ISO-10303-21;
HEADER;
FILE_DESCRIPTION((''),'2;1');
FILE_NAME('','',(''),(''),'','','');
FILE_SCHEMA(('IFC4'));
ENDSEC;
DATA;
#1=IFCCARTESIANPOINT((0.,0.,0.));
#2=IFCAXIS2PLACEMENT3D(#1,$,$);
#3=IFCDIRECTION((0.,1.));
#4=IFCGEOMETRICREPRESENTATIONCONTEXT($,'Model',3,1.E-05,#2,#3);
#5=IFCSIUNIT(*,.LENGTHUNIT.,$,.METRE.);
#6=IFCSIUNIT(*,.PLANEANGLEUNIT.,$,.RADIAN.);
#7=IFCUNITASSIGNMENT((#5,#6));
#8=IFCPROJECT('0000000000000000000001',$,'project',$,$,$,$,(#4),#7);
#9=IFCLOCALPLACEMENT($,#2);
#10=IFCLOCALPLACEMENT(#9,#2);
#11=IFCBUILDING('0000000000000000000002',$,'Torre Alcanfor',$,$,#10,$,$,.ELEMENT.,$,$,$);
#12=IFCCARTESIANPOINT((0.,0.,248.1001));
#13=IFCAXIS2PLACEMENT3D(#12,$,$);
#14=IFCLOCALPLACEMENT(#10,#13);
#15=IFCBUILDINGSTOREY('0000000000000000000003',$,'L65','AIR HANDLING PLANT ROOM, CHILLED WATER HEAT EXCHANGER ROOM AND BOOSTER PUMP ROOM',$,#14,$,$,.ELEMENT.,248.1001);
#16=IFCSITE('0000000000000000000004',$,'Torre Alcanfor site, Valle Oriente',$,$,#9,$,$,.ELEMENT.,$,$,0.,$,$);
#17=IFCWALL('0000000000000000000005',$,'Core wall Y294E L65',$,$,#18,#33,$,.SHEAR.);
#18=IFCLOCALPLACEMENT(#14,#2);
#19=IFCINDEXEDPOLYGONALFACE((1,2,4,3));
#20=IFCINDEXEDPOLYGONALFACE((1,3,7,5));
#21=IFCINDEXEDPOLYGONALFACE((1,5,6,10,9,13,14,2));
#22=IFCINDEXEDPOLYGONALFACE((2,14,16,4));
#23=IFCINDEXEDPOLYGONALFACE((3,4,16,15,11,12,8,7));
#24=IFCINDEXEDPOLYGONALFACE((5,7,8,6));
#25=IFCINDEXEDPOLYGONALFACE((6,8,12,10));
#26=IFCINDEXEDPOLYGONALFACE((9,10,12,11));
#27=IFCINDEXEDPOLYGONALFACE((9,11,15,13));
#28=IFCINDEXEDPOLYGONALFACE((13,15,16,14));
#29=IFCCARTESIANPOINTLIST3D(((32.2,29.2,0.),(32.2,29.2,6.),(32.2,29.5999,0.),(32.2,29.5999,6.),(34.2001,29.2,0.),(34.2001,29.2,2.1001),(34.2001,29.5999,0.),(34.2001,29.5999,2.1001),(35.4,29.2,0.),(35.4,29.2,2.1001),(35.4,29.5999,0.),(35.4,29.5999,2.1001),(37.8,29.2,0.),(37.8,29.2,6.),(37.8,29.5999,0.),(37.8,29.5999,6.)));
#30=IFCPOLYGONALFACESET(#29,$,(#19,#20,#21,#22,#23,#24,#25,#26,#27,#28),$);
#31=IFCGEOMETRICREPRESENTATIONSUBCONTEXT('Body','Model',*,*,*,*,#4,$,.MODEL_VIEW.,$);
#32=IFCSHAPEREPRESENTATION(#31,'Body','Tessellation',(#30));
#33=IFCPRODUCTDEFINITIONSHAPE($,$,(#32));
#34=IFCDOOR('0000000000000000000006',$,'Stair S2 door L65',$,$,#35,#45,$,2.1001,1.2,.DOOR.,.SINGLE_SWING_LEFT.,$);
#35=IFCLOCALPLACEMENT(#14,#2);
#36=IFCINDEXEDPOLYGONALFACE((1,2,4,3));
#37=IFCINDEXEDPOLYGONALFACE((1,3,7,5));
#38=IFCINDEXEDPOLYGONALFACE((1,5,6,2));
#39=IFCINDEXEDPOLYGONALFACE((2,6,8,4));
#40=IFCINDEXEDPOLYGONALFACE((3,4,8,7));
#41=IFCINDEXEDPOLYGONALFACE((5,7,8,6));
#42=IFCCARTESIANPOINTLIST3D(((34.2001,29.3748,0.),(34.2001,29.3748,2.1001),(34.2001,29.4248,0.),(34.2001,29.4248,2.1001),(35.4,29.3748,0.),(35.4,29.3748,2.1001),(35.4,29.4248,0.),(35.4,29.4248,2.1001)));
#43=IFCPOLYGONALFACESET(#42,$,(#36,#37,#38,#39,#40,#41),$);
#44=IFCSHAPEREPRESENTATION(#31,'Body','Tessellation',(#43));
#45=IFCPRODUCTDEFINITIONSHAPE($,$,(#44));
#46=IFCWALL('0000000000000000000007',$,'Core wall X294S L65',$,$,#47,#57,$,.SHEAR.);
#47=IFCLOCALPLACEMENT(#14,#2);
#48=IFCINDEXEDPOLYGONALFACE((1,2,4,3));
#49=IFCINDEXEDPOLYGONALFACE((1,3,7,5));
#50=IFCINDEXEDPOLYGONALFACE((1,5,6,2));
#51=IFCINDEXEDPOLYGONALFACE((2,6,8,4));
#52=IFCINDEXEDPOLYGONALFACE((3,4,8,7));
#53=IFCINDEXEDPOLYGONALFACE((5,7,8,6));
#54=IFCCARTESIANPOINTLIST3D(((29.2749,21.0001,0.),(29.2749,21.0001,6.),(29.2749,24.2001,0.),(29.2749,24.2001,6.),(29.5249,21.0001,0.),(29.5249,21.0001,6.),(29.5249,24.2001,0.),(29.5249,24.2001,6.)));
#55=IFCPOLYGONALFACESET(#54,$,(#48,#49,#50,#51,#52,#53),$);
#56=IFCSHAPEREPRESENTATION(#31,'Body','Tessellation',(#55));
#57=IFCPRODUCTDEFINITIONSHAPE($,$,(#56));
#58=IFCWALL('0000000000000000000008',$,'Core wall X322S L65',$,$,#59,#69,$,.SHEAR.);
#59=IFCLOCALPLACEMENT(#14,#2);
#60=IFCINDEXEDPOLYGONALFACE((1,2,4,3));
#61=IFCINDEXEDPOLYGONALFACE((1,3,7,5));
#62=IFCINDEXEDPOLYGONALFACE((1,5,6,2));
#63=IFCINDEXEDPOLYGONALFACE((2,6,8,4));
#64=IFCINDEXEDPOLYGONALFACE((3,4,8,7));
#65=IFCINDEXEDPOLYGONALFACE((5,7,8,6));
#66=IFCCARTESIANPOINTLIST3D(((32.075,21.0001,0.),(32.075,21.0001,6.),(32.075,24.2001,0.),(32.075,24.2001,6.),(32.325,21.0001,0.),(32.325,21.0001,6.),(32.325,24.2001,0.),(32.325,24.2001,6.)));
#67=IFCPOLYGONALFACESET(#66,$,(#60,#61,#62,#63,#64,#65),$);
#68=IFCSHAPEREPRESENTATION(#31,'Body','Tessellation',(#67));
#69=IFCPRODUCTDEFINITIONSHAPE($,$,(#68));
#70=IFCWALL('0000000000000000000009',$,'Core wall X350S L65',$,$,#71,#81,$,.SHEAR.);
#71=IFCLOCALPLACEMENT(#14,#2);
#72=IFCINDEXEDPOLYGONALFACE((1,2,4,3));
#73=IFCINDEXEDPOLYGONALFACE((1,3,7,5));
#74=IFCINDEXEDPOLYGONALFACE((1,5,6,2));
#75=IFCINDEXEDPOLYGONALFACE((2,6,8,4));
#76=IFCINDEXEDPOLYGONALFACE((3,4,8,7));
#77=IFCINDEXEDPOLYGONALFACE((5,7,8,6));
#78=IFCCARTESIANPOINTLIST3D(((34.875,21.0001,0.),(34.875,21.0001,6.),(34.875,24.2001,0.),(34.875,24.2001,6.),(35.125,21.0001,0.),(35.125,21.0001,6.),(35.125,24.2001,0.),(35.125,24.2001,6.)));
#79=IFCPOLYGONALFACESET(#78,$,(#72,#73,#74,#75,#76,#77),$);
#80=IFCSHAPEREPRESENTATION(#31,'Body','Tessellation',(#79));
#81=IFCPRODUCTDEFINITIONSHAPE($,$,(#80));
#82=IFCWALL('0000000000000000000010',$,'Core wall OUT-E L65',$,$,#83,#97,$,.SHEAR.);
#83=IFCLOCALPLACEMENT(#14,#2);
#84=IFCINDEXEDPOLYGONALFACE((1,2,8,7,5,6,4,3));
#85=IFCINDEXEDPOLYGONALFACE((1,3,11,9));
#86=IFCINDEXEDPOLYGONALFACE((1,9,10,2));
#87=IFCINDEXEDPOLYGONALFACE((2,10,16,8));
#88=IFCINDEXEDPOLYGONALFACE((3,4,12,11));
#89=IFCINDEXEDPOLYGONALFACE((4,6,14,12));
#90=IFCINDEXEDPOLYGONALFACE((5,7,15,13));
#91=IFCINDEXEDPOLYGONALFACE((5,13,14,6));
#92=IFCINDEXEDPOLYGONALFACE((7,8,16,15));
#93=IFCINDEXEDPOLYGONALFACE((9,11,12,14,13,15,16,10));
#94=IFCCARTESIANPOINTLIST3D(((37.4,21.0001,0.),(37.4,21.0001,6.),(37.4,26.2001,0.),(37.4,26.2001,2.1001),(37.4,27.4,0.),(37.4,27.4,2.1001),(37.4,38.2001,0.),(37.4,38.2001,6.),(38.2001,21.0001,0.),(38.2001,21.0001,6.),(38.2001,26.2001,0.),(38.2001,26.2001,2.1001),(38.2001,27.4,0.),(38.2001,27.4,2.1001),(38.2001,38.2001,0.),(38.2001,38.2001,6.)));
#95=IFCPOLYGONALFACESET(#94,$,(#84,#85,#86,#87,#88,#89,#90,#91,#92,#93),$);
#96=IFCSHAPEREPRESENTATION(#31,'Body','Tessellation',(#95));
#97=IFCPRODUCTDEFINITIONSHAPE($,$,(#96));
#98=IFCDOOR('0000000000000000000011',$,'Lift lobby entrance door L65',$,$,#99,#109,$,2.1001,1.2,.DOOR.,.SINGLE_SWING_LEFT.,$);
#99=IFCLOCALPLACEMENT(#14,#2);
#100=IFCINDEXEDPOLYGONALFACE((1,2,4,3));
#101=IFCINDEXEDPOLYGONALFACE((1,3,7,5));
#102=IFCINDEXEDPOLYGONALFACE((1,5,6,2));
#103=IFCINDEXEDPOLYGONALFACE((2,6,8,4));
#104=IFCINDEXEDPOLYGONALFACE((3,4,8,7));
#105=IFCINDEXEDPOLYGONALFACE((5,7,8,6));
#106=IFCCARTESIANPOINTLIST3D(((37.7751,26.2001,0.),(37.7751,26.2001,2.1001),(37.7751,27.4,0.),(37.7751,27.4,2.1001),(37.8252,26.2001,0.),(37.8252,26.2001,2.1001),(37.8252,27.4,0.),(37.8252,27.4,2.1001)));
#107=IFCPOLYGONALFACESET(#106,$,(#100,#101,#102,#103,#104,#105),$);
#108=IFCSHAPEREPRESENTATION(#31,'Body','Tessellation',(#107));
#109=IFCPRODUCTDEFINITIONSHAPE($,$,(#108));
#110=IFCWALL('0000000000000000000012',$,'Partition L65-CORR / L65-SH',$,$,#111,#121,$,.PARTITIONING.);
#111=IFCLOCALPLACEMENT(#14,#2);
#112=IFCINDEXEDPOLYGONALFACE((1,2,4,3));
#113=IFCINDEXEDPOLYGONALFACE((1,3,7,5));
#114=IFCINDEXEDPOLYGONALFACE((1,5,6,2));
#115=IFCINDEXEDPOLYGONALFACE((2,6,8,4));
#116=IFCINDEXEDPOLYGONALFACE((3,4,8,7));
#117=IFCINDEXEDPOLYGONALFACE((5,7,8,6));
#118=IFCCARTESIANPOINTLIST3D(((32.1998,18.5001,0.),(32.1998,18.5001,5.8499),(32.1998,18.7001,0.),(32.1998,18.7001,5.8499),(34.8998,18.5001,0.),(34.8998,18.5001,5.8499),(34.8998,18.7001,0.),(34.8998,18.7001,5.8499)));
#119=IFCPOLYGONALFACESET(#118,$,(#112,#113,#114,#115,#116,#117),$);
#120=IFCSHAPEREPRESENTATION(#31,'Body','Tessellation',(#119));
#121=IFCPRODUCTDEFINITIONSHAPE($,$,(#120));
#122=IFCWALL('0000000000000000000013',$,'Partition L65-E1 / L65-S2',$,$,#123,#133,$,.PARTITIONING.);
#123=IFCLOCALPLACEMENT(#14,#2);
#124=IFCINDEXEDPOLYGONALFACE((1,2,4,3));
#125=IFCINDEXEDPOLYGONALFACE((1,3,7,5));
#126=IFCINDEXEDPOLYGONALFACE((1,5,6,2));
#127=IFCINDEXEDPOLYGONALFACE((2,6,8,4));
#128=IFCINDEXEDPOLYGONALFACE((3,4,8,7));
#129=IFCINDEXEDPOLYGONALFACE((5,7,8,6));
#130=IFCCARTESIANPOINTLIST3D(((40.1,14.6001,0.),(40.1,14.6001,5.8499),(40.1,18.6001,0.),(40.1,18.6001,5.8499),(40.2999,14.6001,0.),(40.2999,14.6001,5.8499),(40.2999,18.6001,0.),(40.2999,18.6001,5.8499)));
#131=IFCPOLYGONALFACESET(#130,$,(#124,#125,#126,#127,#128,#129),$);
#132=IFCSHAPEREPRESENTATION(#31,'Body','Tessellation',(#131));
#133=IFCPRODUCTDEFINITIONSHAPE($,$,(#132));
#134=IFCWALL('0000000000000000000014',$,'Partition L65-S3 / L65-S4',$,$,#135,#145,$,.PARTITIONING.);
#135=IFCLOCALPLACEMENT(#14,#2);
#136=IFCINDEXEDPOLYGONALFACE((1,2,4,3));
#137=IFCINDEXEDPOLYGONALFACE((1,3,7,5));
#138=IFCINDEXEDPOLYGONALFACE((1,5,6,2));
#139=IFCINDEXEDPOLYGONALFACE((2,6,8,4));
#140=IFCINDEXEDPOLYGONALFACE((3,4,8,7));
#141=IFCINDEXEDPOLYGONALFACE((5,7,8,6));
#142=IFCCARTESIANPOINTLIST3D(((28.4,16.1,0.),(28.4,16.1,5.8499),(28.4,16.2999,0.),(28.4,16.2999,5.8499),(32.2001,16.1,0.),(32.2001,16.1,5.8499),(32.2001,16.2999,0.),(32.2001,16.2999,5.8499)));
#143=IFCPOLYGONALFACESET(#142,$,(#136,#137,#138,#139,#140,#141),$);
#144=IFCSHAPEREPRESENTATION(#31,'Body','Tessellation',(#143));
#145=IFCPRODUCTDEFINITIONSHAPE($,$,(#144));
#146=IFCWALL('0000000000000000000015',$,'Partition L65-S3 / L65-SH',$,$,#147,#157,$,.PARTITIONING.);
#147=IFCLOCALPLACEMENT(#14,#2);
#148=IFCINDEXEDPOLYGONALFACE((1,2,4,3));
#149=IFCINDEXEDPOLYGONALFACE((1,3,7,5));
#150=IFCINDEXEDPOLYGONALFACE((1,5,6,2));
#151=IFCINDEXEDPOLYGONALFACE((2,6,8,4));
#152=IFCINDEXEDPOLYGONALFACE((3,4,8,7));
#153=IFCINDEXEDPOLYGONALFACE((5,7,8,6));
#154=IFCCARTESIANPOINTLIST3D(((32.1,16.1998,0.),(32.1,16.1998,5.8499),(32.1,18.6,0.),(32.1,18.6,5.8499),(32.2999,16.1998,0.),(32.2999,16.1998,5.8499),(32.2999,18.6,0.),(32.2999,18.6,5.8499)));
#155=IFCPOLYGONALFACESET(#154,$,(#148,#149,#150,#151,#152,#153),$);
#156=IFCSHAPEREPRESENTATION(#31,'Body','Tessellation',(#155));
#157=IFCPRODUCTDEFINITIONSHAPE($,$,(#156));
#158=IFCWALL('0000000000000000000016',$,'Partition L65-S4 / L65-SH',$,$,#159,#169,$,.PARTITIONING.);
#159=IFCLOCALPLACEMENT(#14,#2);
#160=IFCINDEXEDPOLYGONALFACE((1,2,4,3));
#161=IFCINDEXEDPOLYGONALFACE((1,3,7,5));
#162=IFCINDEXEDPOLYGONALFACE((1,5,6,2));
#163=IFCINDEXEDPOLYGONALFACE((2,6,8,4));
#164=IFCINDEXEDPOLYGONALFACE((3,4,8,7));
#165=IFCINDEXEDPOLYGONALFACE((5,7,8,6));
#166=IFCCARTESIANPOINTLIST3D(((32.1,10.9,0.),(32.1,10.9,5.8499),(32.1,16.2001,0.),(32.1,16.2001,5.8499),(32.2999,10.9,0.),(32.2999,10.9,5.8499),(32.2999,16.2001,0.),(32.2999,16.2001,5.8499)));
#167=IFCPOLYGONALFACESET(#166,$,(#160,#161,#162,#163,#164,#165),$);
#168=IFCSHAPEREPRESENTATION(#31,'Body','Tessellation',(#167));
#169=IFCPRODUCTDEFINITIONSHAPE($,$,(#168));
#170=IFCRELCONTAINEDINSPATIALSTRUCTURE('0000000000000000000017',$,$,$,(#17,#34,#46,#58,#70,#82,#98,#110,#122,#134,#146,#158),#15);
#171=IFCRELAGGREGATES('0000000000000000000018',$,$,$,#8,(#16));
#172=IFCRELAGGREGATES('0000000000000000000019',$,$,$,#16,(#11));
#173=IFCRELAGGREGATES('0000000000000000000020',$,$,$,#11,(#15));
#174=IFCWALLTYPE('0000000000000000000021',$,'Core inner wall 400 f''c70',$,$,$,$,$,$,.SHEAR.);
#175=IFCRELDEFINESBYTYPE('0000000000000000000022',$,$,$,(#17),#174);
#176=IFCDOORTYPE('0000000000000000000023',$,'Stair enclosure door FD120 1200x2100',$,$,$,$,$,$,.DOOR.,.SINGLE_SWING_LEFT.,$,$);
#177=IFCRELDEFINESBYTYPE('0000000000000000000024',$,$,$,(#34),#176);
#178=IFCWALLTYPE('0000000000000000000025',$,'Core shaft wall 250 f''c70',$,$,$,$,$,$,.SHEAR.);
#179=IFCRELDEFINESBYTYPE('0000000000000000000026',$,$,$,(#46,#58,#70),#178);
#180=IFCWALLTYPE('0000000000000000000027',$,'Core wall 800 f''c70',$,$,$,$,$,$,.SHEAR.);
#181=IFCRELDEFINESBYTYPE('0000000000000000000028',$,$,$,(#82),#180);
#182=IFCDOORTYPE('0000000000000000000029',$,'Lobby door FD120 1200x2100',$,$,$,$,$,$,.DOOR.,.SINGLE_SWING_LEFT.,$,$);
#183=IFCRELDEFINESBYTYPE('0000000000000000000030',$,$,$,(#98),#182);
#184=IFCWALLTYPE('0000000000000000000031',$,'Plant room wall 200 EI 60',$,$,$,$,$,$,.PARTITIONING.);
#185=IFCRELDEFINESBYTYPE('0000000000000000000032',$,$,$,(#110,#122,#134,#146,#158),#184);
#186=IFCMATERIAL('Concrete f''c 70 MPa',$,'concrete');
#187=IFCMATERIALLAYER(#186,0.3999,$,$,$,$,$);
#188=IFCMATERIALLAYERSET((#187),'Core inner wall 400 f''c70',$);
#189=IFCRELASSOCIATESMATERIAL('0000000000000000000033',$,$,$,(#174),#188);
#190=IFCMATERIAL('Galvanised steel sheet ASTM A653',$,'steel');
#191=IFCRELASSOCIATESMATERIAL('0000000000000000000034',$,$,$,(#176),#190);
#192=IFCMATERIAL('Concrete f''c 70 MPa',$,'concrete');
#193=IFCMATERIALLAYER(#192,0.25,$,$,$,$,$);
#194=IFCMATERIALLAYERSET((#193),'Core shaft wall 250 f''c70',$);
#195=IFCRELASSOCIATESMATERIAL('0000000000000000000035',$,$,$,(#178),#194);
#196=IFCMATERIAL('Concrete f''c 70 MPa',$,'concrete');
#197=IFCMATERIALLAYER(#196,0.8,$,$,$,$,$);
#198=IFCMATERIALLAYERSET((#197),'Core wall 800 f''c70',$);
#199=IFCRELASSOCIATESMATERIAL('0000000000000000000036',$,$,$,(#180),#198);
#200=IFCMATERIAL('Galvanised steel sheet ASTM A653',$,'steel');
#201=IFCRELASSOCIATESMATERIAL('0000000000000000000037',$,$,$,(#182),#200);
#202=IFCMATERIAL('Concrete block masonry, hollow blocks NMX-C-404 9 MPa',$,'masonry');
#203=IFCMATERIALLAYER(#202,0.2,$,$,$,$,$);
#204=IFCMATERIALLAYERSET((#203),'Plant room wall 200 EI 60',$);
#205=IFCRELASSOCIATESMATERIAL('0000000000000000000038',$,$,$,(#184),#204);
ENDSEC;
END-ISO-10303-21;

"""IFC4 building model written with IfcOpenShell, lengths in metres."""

from ifc_helpers import new_model, si_unit, direction, frame, frame_2d, origin, place, context, subcontext, project, spatial, rectangle, extrude, material, layer, layer_set, type_object, element, fill, save


model = new_model("IFC4")

# Units and contexts
model_context = context("Model", 3, precision=1e-05, world=origin(), true_north=direction((0.0, 1.0)))
body_context = subcontext(model_context, "Body", "Model", "MODEL_VIEW")
ifc_project = project(units=[si_unit("LENGTHUNIT", "METRE"), si_unit("PLANEANGLEUNIT", "RADIAN")], contexts=[model_context])

# Site, building, storey
site_placement = place(None, origin())
site = spatial("IfcSite", under=ifc_project, at=site_placement, Name="Torre Alcanfor site, Valle Oriente", CompositionType="ELEMENT", RefElevation=0.0)
building_placement = place(site_placement, origin())
building = spatial("IfcBuilding", under=site, at=building_placement, Name="Torre Alcanfor", CompositionType="ELEMENT")
storey_placement = place(building_placement, frame((0.0, 0.0, 248.1001)))
storey = spatial("IfcBuildingStorey", under=building, at=storey_placement, Name="L65", Description="AIR HANDLING PLANT ROOM, CHILLED WATER HEAT EXCHANGER ROOM AND BOOSTER PUMP ROOM", CompositionType="ELEMENT", Elevation=248.1001)

# Shared definitions
ifc_material_1 = material(Name="Concrete f'c 70 MPa", Category="concrete")
ifc_layer_1 = layer(ifc_material_1, 0.3999)
ifc_layer_set_1 = layer_set([ifc_layer_1], Name="Core inner wall 400 f'c70")
wall_type_1 = type_object("IfcWallType", Name="Core inner wall 400 f'c70", PredefinedType="SHEAR", material=ifc_layer_set_1)

# Wall, opening, door
wall_1_placement = place(storey_placement, frame((32.2, 29.3999, 0.0), z_axis=(0.0, 0.0, 1.0), x_axis=(1.0, 0.0, 0.0)))
wall_1 = element("IfcWall", 1, at=wall_1_placement, inside=storey, type_object=wall_type_1, Name="Core wall Y294E L65", PredefinedType="SHEAR", context=body_context, shape_type="SweptSolid", body=[
    extrude(rectangle(XDim=5.6001, YDim=0.3999, at=frame_2d((2.8, 0.0))), origin(), (0.0, 0.0, 1.0), 6.0),
])
opening_1_placement = place(wall_1_placement, frame((2.0, 0.0, 0.0)))
opening_1 = element("IfcOpeningElement", 2, at=opening_1_placement, cuts=wall_1, PredefinedType="OPENING", context=body_context, shape_type="SweptSolid", body=[
    extrude(rectangle(XDim=1.2, YDim=2.1001, at=frame_2d((0.6001, 1.05))), frame((0.0, 0.21, 0.0), z_axis=(0.0, -1.0, 0.0), x_axis=(1.0, 0.0, 0.0)), (0.0, 0.0, 1.0), 0.4199),
])
ifc_material_2 = material(Name="Galvanised steel sheet ASTM A653", Category="steel")
door_type_1 = type_object("IfcDoorType", Name="Stair enclosure door FD120 1200x2100", OperationType="SINGLE_SWING_LEFT", PredefinedType="DOOR", material=ifc_material_2)
door_1_placement = place(opening_1_placement, origin())
door_1 = element("IfcDoor", 3, at=door_1_placement, inside=storey, type_object=door_type_1, Name="Stair S2 door L65", OperationType="SINGLE_SWING_LEFT", OverallHeight=2.1001, OverallWidth=1.2, PredefinedType="DOOR", context=body_context, shape_type="SweptSolid", body=[
    extrude(rectangle(XDim=1.2, YDim=2.1001, at=frame_2d((0.6001, 1.05))), frame((0.0, 0.0249, 0.0), z_axis=(0.0, -1.0, 0.0), x_axis=(1.0, 0.0, 0.0)), (0.0, 0.0, 1.0), 0.05),
])
fill(opening_1, door_1)

# Walls
ifc_material_3 = material(Name="Concrete f'c 70 MPa", Category="concrete")
ifc_layer_2 = layer(ifc_material_3, 0.25)
ifc_layer_set_2 = layer_set([ifc_layer_2], Name="Core shaft wall 250 f'c70")
wall_type_2 = type_object("IfcWallType", Name="Core shaft wall 250 f'c70", PredefinedType="SHEAR", material=ifc_layer_set_2)
for number, where, z_axis, x_axis, name in (
    (4, (29.3999, 21.0, 0.0), (0.0, 0.0, 1.0), (0.0, 1.0, 0.0), "Core wall X294S L65"),
    (5, (32.2, 21.0, 0.0), (0.0, 0.0, 1.0), (0.0, 1.0, 0.0), "Core wall X322S L65"),
    (6, (35.0, 21.0, 0.0), (0.0, 0.0, 1.0), (0.0, 1.0, 0.0), "Core wall X350S L65"),
):
    element("IfcWall", number, at=place(storey_placement, frame(where, z_axis=z_axis, x_axis=x_axis)), inside=storey, type_object=wall_type_2, Name=name, PredefinedType="SHEAR", context=body_context, shape_type="SweptSolid", body=[
        extrude(rectangle(XDim=3.2, YDim=0.25, at=frame_2d((1.6001, 0.0))), origin(), (0.0, 0.0, 1.0), 6.0),
    ])

# Wall, opening, door
ifc_material_4 = material(Name="Concrete f'c 70 MPa", Category="concrete")
ifc_layer_3 = layer(ifc_material_4, 0.8)
ifc_layer_set_3 = layer_set([ifc_layer_3], Name="Core wall 800 f'c70")
wall_type_3 = type_object("IfcWallType", Name="Core wall 800 f'c70", PredefinedType="SHEAR", material=ifc_layer_set_3)
wall_2_placement = place(storey_placement, frame((37.8, 21.0, 0.0), z_axis=(0.0, 0.0, 1.0), x_axis=(0.0, 1.0, 0.0)))
wall_2 = element("IfcWall", 7, at=wall_2_placement, inside=storey, type_object=wall_type_3, Name="Core wall OUT-E L65", PredefinedType="SHEAR", context=body_context, shape_type="SweptSolid", body=[
    extrude(rectangle(XDim=17.2, YDim=0.8, at=frame_2d((8.6001, 0.0))), origin(), (0.0, 0.0, 1.0), 6.0),
])
opening_2_placement = place(wall_2_placement, frame((5.2, 0.0, 0.0)))
opening_2 = element("IfcOpeningElement", 8, at=opening_2_placement, cuts=wall_2, PredefinedType="OPENING", context=body_context, shape_type="SweptSolid", body=[
    extrude(rectangle(XDim=1.2, YDim=2.1001, at=frame_2d((0.6001, 1.05))), frame((0.0, 0.4099, 0.0), z_axis=(0.0, -1.0, 0.0), x_axis=(1.0, 0.0, 0.0)), (0.0, 0.0, 1.0), 0.8201),
])
ifc_material_5 = material(Name="Galvanised steel sheet ASTM A653", Category="steel")
door_type_2 = type_object("IfcDoorType", Name="Lobby door FD120 1200x2100", OperationType="SINGLE_SWING_LEFT", PredefinedType="DOOR", material=ifc_material_5)
door_2_placement = place(opening_2_placement, origin())
door_2 = element("IfcDoor", 9, at=door_2_placement, inside=storey, type_object=door_type_2, Name="Lift lobby entrance door L65", OperationType="SINGLE_SWING_LEFT", OverallHeight=2.1001, OverallWidth=1.2, PredefinedType="DOOR", context=body_context, shape_type="SweptSolid", body=[
    extrude(rectangle(XDim=1.2, YDim=2.1001, at=frame_2d((0.6001, 1.05))), frame((0.0, 0.0249, 0.0), z_axis=(0.0, -1.0, 0.0), x_axis=(1.0, 0.0, 0.0)), (0.0, 0.0, 1.0), 0.05),
])
fill(opening_2, door_2)
ifc_material_6 = material(Name="Concrete block masonry, hollow blocks NMX-C-404 9 MPa", Category="masonry")
ifc_layer_4 = layer(ifc_material_6, 0.2)
ifc_layer_set_4 = layer_set([ifc_layer_4], Name="Plant room wall 200 EI 60")
wall_type_4 = type_object("IfcWallType", Name="Plant room wall 200 EI 60", PredefinedType="PARTITIONING", material=ifc_layer_set_4)

# Walls
wall_3_placement = place(storey_placement, frame((34.8999, 18.6001, 0.0), z_axis=(0.0, 0.0, 1.0), x_axis=(-1.0, 0.0, 0.0)))
element("IfcWall", 10, at=wall_3_placement, inside=storey, type_object=wall_type_4, Name="Partition L65-CORR / L65-SH", PredefinedType="PARTITIONING", context=body_context, shape_type="SweptSolid", body=[
    extrude(rectangle(XDim=2.7, YDim=0.2, at=frame_2d((1.3501, 0.0))), origin(), (0.0, 0.0, 1.0), 5.8499),
])
wall_4_placement = place(storey_placement, frame((40.2, 14.6001, 0.0), z_axis=(0.0, 0.0, 1.0), x_axis=(0.0, 1.0, 0.0)))
element("IfcWall", 11, at=wall_4_placement, inside=storey, type_object=wall_type_4, Name="Partition L65-E1 / L65-S2", PredefinedType="PARTITIONING", context=body_context, shape_type="SweptSolid", body=[
    extrude(rectangle(XDim=4.0, YDim=0.2, at=frame_2d((2.0, 0.0))), origin(), (0.0, 0.0, 1.0), 5.8499),
])

# Walls
wall_5_placement = place(storey_placement, frame((32.2, 16.2, 0.0), z_axis=(0.0, 0.0, 1.0), x_axis=(-1.0, 0.0, 0.0)))
element("IfcWall", 12, at=wall_5_placement, inside=storey, type_object=wall_type_4, Name="Partition L65-S3 / L65-S4", PredefinedType="PARTITIONING", context=body_context, shape_type="SweptSolid", body=[
    extrude(rectangle(XDim=3.8, YDim=0.2, at=frame_2d((1.8999, 0.0))), origin(), (0.0, 0.0, 1.0), 5.8499),
])
wall_6_placement = place(storey_placement, frame((32.2, 18.6001, 0.0), z_axis=(0.0, 0.0, 1.0), x_axis=(0.0, -1.0, 0.0)))
element("IfcWall", 13, at=wall_6_placement, inside=storey, type_object=wall_type_4, Name="Partition L65-S3 / L65-SH", PredefinedType="PARTITIONING", context=body_context, shape_type="SweptSolid", body=[
    extrude(rectangle(XDim=2.4001, YDim=0.2, at=frame_2d((1.2002, 0.0))), origin(), (0.0, 0.0, 1.0), 5.8499),
])
wall_7_placement = place(storey_placement, frame((32.2, 16.2, 0.0), z_axis=(0.0, 0.0, 1.0), x_axis=(0.0, -1.0, 0.0)))
element("IfcWall", 14, at=wall_7_placement, inside=storey, type_object=wall_type_4, Name="Partition L65-S4 / L65-SH", PredefinedType="PARTITIONING", context=body_context, shape_type="SweptSolid", body=[
    extrude(rectangle(XDim=5.3, YDim=0.2, at=frame_2d((2.6499, 0.0))), origin(), (0.0, 0.0, 1.0), 5.8499),
])

save(model, "model.ifc")
